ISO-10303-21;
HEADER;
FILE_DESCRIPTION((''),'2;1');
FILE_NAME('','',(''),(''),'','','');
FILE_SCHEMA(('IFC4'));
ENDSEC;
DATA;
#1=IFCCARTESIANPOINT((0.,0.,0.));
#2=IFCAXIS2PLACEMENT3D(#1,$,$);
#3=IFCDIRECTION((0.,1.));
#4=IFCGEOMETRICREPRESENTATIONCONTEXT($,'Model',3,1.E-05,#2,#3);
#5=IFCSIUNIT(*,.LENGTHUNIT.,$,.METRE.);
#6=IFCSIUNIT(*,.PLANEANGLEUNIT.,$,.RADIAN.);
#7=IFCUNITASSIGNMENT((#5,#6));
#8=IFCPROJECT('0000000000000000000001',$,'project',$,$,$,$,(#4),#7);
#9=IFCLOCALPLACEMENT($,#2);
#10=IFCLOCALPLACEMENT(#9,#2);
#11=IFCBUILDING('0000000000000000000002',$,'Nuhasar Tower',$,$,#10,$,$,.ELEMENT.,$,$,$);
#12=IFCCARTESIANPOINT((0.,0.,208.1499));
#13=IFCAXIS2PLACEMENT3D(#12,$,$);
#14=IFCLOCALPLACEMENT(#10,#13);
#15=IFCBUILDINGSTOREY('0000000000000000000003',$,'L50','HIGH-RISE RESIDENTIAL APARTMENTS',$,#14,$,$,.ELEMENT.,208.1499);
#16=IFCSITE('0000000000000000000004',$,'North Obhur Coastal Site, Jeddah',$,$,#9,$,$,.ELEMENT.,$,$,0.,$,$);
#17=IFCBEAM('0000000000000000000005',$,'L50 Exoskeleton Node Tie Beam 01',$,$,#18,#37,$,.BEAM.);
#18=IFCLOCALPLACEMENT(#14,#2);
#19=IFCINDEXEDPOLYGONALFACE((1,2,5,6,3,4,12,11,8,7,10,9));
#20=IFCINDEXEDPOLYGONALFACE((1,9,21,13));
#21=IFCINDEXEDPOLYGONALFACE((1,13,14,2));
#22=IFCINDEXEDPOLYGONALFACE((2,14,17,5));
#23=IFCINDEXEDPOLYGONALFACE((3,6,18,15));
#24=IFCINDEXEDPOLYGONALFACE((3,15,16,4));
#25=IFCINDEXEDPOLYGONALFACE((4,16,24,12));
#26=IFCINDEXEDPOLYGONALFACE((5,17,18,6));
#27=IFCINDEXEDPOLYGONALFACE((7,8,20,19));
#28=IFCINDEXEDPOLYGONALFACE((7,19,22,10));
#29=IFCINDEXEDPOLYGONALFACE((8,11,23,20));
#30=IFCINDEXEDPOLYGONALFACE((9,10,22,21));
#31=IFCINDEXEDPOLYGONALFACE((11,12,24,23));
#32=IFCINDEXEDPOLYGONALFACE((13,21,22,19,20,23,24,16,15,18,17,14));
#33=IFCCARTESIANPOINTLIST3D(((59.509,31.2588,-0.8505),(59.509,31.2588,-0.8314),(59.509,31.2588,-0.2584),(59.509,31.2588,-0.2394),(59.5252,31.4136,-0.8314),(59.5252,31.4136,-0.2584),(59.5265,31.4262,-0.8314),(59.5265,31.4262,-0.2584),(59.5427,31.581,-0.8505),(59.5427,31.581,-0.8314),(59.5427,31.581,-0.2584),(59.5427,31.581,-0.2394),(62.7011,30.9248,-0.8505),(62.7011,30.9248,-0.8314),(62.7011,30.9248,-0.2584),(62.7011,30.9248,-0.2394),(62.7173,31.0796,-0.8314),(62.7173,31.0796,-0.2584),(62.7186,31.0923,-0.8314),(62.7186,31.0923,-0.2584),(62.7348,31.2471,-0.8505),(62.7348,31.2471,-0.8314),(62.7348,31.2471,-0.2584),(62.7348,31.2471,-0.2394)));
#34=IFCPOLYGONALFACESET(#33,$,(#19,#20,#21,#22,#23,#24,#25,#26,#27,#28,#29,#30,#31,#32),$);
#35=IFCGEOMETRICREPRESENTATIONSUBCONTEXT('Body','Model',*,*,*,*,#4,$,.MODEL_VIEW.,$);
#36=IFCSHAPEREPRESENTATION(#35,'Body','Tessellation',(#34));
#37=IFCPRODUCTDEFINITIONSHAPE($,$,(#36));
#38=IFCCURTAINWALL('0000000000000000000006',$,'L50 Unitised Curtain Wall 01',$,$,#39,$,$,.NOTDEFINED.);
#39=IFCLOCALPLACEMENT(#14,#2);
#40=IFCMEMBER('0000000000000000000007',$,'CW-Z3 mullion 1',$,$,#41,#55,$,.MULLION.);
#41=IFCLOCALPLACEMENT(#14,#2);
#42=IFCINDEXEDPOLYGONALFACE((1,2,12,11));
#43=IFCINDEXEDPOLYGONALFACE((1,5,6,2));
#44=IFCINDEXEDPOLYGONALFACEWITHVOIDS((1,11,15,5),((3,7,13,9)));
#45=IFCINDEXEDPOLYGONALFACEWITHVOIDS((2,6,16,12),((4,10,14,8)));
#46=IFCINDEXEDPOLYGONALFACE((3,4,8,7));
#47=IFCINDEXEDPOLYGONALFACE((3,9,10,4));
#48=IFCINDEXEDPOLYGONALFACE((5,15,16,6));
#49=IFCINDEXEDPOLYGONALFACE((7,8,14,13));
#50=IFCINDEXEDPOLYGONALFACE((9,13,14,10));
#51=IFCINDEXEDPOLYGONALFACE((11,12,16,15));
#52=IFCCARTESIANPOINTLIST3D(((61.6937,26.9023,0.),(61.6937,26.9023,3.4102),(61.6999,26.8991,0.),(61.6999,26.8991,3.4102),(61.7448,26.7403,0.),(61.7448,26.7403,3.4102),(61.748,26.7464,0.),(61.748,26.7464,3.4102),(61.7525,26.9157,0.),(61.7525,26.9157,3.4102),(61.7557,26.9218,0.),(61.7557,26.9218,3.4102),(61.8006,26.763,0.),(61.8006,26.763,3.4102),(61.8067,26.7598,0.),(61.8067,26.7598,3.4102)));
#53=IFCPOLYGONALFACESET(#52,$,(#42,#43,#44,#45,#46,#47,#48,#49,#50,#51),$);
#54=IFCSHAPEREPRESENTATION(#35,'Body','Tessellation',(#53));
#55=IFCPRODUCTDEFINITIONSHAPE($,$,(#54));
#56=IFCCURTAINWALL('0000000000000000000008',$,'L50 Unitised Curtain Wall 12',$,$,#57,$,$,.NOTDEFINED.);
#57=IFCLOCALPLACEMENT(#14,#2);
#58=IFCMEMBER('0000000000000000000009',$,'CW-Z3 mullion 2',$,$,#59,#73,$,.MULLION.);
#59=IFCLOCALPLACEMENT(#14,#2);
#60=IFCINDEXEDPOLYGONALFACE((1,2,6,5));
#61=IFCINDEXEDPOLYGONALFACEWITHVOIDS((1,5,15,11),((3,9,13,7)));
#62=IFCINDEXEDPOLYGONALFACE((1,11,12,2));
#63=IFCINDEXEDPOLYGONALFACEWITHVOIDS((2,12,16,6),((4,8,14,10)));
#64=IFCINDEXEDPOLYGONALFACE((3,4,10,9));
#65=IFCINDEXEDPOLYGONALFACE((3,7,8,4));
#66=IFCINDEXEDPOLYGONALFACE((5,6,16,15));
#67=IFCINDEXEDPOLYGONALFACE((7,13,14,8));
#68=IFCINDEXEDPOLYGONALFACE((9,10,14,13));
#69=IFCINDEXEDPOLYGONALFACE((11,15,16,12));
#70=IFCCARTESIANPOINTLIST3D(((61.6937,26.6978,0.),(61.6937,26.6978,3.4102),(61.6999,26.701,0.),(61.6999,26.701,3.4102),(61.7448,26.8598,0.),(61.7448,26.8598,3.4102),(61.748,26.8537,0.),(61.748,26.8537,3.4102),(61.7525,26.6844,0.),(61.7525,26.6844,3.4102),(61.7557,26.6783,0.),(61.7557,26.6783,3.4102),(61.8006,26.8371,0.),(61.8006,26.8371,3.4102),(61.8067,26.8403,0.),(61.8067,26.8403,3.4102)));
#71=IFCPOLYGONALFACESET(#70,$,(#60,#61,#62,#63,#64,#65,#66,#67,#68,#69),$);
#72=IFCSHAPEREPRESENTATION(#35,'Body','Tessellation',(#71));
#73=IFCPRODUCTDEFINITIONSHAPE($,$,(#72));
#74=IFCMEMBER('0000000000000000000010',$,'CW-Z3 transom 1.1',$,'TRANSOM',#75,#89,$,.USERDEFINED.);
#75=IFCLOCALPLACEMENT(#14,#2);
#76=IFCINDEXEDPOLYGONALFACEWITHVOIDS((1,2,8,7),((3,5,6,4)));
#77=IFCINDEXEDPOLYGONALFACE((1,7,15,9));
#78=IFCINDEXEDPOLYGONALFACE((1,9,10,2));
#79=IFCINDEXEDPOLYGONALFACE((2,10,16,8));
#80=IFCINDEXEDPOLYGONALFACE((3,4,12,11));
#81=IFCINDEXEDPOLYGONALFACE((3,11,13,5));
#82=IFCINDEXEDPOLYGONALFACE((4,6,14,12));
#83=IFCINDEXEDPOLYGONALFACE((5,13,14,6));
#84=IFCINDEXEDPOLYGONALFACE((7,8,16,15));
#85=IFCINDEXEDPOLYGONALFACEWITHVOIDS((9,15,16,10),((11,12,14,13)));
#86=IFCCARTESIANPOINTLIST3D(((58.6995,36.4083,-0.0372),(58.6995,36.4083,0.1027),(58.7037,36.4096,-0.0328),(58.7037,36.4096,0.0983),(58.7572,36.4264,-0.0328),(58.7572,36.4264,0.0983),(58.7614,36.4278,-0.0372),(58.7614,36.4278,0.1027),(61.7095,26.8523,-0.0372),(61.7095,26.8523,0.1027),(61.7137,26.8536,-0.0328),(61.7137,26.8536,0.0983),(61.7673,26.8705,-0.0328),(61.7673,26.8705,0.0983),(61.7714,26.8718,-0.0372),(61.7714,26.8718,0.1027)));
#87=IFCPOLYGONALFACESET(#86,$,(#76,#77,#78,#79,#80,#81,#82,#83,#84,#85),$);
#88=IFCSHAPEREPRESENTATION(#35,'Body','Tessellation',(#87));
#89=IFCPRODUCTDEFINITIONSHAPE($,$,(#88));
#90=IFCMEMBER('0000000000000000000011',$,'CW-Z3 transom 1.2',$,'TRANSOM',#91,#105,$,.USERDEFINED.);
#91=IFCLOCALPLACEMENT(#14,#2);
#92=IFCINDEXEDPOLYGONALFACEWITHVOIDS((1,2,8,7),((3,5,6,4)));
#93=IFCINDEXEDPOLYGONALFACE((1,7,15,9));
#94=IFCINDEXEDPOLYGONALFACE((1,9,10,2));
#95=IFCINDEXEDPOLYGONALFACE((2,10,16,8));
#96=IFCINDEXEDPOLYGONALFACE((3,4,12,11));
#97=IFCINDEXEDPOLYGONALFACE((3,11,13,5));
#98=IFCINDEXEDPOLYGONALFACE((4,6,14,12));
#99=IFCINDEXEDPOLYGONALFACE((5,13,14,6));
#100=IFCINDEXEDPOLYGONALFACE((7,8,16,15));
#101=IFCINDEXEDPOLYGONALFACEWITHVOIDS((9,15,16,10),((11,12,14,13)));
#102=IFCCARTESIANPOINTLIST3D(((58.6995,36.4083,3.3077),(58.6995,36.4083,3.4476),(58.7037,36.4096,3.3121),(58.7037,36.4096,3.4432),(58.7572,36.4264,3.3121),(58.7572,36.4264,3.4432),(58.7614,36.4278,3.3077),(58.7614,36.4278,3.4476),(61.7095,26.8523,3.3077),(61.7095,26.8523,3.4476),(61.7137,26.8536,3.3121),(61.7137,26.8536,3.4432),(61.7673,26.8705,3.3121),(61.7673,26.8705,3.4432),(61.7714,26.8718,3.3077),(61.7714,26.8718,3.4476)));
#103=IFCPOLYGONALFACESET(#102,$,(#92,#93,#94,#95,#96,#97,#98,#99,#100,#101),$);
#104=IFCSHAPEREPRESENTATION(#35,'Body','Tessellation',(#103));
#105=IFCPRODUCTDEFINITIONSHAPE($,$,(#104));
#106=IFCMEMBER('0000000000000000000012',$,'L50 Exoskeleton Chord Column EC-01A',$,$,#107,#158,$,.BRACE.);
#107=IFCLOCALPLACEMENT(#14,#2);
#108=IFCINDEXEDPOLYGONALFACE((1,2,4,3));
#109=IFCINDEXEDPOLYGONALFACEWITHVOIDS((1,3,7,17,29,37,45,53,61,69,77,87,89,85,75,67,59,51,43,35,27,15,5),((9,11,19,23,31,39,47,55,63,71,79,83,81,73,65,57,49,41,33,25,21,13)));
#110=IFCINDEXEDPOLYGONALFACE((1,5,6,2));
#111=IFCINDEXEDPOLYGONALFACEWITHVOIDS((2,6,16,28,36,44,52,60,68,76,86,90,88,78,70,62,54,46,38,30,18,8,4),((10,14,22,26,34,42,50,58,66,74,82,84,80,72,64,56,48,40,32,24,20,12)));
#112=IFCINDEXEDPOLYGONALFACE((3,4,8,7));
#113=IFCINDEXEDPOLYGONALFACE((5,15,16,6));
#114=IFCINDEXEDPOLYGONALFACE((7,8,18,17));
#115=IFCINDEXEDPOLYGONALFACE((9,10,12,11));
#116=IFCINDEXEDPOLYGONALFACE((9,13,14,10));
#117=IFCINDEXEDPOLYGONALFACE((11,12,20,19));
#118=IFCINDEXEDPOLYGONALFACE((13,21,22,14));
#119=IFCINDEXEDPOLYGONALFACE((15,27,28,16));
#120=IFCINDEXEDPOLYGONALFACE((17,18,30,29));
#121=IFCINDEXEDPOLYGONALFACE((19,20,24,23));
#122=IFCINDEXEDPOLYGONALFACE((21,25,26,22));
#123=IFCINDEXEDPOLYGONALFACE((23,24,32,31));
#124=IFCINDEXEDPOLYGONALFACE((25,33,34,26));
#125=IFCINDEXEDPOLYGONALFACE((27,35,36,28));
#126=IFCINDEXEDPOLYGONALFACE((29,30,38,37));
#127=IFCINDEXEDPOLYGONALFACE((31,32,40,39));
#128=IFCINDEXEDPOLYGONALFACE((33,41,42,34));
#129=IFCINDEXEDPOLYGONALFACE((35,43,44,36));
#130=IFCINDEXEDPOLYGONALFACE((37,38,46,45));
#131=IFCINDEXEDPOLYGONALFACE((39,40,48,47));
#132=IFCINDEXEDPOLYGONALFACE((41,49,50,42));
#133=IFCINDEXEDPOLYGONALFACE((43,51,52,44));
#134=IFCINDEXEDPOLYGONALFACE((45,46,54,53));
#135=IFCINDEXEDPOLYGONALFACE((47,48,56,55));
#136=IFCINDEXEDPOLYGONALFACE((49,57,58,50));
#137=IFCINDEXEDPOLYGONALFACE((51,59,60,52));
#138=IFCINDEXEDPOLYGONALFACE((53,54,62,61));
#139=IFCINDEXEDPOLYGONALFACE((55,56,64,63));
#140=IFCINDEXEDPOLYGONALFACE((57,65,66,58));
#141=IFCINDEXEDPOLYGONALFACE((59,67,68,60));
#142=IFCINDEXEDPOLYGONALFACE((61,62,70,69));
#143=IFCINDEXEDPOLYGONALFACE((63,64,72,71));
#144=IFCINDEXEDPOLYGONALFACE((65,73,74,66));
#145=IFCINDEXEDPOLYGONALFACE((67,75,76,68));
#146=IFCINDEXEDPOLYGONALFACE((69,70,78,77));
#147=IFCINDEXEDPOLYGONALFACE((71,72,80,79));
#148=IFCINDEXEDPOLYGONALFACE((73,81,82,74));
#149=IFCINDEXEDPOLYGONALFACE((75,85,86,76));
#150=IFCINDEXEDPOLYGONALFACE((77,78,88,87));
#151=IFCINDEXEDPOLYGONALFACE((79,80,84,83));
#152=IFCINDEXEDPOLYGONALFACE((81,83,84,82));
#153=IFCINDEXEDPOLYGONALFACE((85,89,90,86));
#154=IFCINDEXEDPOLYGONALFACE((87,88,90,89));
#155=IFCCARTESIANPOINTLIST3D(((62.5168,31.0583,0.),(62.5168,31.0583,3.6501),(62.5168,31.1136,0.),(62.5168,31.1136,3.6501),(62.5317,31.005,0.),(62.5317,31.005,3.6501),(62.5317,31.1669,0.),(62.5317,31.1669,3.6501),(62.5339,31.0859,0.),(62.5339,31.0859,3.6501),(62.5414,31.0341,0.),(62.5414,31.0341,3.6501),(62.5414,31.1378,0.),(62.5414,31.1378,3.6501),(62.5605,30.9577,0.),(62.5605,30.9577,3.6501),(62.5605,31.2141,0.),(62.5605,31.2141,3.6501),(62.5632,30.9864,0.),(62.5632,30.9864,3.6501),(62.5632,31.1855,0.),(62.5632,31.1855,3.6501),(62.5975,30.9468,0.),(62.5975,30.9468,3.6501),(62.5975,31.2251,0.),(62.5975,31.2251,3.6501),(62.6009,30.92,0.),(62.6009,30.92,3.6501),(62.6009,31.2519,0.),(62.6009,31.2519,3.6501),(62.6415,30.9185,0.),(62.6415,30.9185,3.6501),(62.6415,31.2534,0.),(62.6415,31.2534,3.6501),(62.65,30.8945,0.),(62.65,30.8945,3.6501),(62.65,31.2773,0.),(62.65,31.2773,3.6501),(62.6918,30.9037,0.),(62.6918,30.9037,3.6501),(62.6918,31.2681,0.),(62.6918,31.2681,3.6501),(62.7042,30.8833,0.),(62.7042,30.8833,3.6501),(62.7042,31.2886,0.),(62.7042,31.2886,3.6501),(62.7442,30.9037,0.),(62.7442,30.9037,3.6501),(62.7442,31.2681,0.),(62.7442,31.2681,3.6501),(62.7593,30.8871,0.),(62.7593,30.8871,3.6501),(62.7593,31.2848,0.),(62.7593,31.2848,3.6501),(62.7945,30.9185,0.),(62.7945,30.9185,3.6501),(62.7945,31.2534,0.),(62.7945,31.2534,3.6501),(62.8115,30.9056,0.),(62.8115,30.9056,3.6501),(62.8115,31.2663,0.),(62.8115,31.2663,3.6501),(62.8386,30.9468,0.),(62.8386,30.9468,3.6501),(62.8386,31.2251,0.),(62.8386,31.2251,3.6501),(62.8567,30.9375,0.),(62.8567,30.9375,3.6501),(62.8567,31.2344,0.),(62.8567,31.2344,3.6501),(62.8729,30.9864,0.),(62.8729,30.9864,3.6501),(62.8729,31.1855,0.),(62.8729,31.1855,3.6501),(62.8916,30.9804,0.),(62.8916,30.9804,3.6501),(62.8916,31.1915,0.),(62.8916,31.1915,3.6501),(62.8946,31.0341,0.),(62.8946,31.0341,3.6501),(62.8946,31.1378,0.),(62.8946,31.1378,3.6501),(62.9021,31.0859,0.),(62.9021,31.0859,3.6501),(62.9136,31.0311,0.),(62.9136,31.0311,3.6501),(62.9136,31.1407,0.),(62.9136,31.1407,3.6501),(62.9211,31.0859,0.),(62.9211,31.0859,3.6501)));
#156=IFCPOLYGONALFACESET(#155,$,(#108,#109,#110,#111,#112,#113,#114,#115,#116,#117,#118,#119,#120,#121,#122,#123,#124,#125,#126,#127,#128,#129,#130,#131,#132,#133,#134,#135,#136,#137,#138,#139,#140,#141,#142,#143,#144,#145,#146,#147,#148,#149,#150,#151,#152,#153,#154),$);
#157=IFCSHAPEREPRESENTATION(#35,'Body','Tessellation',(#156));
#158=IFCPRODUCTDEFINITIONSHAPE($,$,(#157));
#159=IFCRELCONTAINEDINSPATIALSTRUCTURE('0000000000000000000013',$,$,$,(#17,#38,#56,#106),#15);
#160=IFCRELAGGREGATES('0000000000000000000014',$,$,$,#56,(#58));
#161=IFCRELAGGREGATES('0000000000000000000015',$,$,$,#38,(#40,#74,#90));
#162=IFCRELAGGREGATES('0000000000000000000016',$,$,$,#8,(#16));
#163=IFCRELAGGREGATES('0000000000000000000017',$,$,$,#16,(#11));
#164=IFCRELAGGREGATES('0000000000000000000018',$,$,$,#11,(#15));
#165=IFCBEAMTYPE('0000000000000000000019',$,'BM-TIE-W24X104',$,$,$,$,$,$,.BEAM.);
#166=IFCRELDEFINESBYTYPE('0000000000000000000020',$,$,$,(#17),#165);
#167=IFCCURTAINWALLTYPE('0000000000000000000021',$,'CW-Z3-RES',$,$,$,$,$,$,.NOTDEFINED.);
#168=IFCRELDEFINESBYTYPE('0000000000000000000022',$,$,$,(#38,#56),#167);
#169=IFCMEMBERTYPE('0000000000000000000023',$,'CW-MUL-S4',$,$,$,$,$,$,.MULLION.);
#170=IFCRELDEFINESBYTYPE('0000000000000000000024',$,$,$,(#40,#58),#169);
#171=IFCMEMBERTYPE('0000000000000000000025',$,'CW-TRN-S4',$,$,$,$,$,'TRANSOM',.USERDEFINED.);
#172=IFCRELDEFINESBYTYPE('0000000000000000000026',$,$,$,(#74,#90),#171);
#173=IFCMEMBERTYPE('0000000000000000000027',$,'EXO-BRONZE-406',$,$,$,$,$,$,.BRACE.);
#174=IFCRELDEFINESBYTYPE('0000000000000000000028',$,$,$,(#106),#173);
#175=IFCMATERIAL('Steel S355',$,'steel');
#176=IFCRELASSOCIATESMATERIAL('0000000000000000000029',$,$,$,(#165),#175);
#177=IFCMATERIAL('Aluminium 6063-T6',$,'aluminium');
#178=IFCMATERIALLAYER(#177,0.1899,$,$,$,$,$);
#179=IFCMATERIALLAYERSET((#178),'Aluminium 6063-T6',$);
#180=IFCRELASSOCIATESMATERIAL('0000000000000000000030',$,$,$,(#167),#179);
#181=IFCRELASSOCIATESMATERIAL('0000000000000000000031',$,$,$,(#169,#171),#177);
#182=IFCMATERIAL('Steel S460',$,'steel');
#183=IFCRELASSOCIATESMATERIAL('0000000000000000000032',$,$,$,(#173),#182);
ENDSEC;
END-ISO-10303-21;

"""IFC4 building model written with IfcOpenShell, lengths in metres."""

from ifc_helpers import new_model, si_unit, direction, frame, origin, origin_2d, place, context, subcontext, project, spatial, hollow_rectangle, hollow_circle, i_section, extrude, material, layer, layer_set, material_profile, profile_set, type_object, element, aggregate, save


model = new_model("IFC4")

# Units and contexts
model_context = context("Model", 3, precision=1e-05, world=origin(), true_north=direction((0.0, 1.0)))
body_context = subcontext(model_context, "Body", "Model", "MODEL_VIEW")
ifc_project = project(units=[si_unit("LENGTHUNIT", "METRE"), si_unit("PLANEANGLEUNIT", "RADIAN")], contexts=[model_context])

# Site, building, storey
site_placement = place(None, origin())
site = spatial("IfcSite", under=ifc_project, at=site_placement, Name="North Obhur Coastal Site, Jeddah", CompositionType="ELEMENT", RefElevation=0.0)
building_placement = place(site_placement, origin())
building = spatial("IfcBuilding", under=site, at=building_placement, Name="Nuhasar Tower", CompositionType="ELEMENT")
storey_placement = place(building_placement, frame((0.0, 0.0, 208.1499)))
storey = spatial("IfcBuildingStorey", under=building, at=storey_placement, Name="L50", Description="HIGH-RISE RESIDENTIAL APARTMENTS", CompositionType="ELEMENT", Elevation=208.1499)

# Beam
ifc_material_1 = material(Name="Steel S355", Category="steel")
ifc_material_profile_1 = material_profile(ifc_material_1, i_section(OverallWidth=0.324, OverallDepth=0.6111, WebThickness=0.0127, FlangeThickness=0.019, at=origin_2d()), Name="W24X104")
ifc_profile_set_1 = profile_set([ifc_material_profile_1], Name="Steel S355")
beam_type_1 = type_object("IfcBeamType", Name="BM-TIE-W24X104", PredefinedType="BEAM", material=ifc_profile_set_1)
beam_1_placement = place(storey_placement, frame((59.5259, 31.4199, -0.5449), z_axis=(0.994571, -0.104059, 0.0), x_axis=(0.104059, 0.994571, 0.0)))
element("IfcBeam", 1, at=beam_1_placement, inside=storey, type_object=beam_type_1, Name="L50 Exoskeleton Node Tie Beam 01", PredefinedType="BEAM", context=body_context, shape_type="SweptSolid", body=[
    extrude(i_section(OverallWidth=0.324, OverallDepth=0.6111, WebThickness=0.0127, FlangeThickness=0.019, at=origin_2d()), origin(), (0.0, 0.0, 1.0), 3.2095),
])

# Curtain walls, members
ifc_material_2 = material(Name="Aluminium 6063-T6", Category="aluminium")
ifc_layer_1 = layer(ifc_material_2, 0.1899)
ifc_layer_set_1 = layer_set([ifc_layer_1], Name="Aluminium 6063-T6")
curtain_wall_type = type_object("IfcCurtainWallType", Name="CW-Z3-RES", PredefinedType="NOTDEFINED", material=ifc_layer_set_1)
curtain_wall_1_placement = place(storey_placement, origin())
curtain_wall_1 = element("IfcCurtainWall", 2, at=curtain_wall_1_placement, inside=storey, type_object=curtain_wall_type, Name="L50 Unitised Curtain Wall 01", PredefinedType="NOTDEFINED")
ifc_material_profile_2 = material_profile(ifc_material_2, hollow_rectangle(XDim=0.0649, YDim=0.1699, WallThickness=0.0049, at=origin_2d()), Name="CWM-4")
ifc_profile_set_2 = profile_set([ifc_material_profile_2], Name="Aluminium 6063-T6")
member_type_1 = type_object("IfcMemberType", Name="CW-MUL-S4", PredefinedType="MULLION", material=ifc_profile_set_2)
member_1_placement = place(storey_placement, frame((61.7502, 26.8311, 0.0), z_axis=(0.0, 0.0, 1.0), x_axis=(-0.953804, -0.300429, 0.0)))
member_1 = element("IfcMember", 3, at=member_1_placement, type_object=member_type_1, Name="CW-Z3 mullion 1", PredefinedType="MULLION", context=body_context, shape_type="SweptSolid", body=[
    extrude(hollow_rectangle(XDim=0.0649, YDim=0.1699, WallThickness=0.0049, at=origin_2d()), origin(), (0.0, 0.0, 1.0), 3.4102),
])
curtain_wall_2_placement = place(storey_placement, origin())
curtain_wall_2 = element("IfcCurtainWall", 4, at=curtain_wall_2_placement, inside=storey, type_object=curtain_wall_type, Name="L50 Unitised Curtain Wall 12", PredefinedType="NOTDEFINED")
member_2_placement = place(storey_placement, frame((61.7502, 26.769, 0.0), z_axis=(0.0, 0.0, 1.0), x_axis=(-0.953804, 0.300429, 0.0)))
member_2 = element("IfcMember", 5, at=member_2_placement, type_object=member_type_1, Name="CW-Z3 mullion 2", PredefinedType="MULLION", context=body_context, shape_type="SweptSolid", body=[
    extrude(hollow_rectangle(XDim=0.0649, YDim=0.1699, WallThickness=0.0049, at=origin_2d()), origin(), (0.0, 0.0, 1.0), 3.4102),
])
aggregate(curtain_wall_2, [member_2])

# Members
ifc_material_profile_3 = material_profile(ifc_material_2, hollow_rectangle(XDim=0.0649, YDim=0.1399, WallThickness=0.0044, at=origin_2d()), Name="CWT-4")
ifc_profile_set_3 = profile_set([ifc_material_profile_3], Name="Aluminium 6063-T6")
member_type_2 = type_object("IfcMemberType", Name="CW-TRN-S4", ElementType="TRANSOM", PredefinedType="USERDEFINED", material=ifc_profile_set_3)
member_3_placement = place(storey_placement, frame((61.7405, 26.8621, 0.0327), z_axis=(-0.300437, 0.953802, 0.0), x_axis=(-0.953802, -0.300437, 0.0)))
member_3 = element("IfcMember", 6, at=member_3_placement, type_object=member_type_2, Name="CW-Z3 transom 1.1", ObjectType="TRANSOM", PredefinedType="USERDEFINED", context=body_context, shape_type="SweptSolid", body=[
    extrude(hollow_rectangle(XDim=0.0649, YDim=0.1399, WallThickness=0.0044, at=origin_2d()), origin(), (0.0, 0.0, 1.0), 10.0188),
])
member_4_placement = place(storey_placement, frame((61.7405, 26.8621, 3.3777), z_axis=(-0.300437, 0.953802, 0.0), x_axis=(-0.953802, -0.300437, 0.0)))
member_4 = element("IfcMember", 7, at=member_4_placement, type_object=member_type_2, Name="CW-Z3 transom 1.2", ObjectType="TRANSOM", PredefinedType="USERDEFINED", context=body_context, shape_type="SweptSolid", body=[
    extrude(hollow_rectangle(XDim=0.0649, YDim=0.1399, WallThickness=0.0044, at=origin_2d()), origin(), (0.0, 0.0, 1.0), 10.0188),
])

# Member
ifc_material_3 = material(Name="Steel S460", Category="steel")
ifc_material_profile_4 = material_profile(ifc_material_3, hollow_circle(Radius=0.2031, WallThickness=0.019, at=origin_2d()), Name="HSS406.4X19.1")
ifc_profile_set_4 = profile_set([ifc_material_profile_4], Name="Steel S460")
member_type_3 = type_object("IfcMemberType", Name="EXO-BRONZE-406", PredefinedType="BRACE", material=ifc_profile_set_4)
for number, where, z_axis, x_axis, name in (
    (8, (62.718, 31.0859, 0.0), (0.0, 0.0, 1.0), (1.0, 0.0, 0.0), "L50 Exoskeleton Chord Column EC-01A"),
):
    element("IfcMember", number, at=place(storey_placement, frame(where, z_axis=z_axis, x_axis=x_axis)), inside=storey, type_object=member_type_3, Name=name, PredefinedType="BRACE", context=body_context, shape_type="SweptSolid", body=[
        extrude(hollow_circle(Radius=0.2031, WallThickness=0.019, at=origin_2d()), origin(), (0.0, 0.0, 1.0), 3.6501),
    ])

aggregate(curtain_wall_1, [member_1, member_3, member_4])

save(model, "model.ifc")
